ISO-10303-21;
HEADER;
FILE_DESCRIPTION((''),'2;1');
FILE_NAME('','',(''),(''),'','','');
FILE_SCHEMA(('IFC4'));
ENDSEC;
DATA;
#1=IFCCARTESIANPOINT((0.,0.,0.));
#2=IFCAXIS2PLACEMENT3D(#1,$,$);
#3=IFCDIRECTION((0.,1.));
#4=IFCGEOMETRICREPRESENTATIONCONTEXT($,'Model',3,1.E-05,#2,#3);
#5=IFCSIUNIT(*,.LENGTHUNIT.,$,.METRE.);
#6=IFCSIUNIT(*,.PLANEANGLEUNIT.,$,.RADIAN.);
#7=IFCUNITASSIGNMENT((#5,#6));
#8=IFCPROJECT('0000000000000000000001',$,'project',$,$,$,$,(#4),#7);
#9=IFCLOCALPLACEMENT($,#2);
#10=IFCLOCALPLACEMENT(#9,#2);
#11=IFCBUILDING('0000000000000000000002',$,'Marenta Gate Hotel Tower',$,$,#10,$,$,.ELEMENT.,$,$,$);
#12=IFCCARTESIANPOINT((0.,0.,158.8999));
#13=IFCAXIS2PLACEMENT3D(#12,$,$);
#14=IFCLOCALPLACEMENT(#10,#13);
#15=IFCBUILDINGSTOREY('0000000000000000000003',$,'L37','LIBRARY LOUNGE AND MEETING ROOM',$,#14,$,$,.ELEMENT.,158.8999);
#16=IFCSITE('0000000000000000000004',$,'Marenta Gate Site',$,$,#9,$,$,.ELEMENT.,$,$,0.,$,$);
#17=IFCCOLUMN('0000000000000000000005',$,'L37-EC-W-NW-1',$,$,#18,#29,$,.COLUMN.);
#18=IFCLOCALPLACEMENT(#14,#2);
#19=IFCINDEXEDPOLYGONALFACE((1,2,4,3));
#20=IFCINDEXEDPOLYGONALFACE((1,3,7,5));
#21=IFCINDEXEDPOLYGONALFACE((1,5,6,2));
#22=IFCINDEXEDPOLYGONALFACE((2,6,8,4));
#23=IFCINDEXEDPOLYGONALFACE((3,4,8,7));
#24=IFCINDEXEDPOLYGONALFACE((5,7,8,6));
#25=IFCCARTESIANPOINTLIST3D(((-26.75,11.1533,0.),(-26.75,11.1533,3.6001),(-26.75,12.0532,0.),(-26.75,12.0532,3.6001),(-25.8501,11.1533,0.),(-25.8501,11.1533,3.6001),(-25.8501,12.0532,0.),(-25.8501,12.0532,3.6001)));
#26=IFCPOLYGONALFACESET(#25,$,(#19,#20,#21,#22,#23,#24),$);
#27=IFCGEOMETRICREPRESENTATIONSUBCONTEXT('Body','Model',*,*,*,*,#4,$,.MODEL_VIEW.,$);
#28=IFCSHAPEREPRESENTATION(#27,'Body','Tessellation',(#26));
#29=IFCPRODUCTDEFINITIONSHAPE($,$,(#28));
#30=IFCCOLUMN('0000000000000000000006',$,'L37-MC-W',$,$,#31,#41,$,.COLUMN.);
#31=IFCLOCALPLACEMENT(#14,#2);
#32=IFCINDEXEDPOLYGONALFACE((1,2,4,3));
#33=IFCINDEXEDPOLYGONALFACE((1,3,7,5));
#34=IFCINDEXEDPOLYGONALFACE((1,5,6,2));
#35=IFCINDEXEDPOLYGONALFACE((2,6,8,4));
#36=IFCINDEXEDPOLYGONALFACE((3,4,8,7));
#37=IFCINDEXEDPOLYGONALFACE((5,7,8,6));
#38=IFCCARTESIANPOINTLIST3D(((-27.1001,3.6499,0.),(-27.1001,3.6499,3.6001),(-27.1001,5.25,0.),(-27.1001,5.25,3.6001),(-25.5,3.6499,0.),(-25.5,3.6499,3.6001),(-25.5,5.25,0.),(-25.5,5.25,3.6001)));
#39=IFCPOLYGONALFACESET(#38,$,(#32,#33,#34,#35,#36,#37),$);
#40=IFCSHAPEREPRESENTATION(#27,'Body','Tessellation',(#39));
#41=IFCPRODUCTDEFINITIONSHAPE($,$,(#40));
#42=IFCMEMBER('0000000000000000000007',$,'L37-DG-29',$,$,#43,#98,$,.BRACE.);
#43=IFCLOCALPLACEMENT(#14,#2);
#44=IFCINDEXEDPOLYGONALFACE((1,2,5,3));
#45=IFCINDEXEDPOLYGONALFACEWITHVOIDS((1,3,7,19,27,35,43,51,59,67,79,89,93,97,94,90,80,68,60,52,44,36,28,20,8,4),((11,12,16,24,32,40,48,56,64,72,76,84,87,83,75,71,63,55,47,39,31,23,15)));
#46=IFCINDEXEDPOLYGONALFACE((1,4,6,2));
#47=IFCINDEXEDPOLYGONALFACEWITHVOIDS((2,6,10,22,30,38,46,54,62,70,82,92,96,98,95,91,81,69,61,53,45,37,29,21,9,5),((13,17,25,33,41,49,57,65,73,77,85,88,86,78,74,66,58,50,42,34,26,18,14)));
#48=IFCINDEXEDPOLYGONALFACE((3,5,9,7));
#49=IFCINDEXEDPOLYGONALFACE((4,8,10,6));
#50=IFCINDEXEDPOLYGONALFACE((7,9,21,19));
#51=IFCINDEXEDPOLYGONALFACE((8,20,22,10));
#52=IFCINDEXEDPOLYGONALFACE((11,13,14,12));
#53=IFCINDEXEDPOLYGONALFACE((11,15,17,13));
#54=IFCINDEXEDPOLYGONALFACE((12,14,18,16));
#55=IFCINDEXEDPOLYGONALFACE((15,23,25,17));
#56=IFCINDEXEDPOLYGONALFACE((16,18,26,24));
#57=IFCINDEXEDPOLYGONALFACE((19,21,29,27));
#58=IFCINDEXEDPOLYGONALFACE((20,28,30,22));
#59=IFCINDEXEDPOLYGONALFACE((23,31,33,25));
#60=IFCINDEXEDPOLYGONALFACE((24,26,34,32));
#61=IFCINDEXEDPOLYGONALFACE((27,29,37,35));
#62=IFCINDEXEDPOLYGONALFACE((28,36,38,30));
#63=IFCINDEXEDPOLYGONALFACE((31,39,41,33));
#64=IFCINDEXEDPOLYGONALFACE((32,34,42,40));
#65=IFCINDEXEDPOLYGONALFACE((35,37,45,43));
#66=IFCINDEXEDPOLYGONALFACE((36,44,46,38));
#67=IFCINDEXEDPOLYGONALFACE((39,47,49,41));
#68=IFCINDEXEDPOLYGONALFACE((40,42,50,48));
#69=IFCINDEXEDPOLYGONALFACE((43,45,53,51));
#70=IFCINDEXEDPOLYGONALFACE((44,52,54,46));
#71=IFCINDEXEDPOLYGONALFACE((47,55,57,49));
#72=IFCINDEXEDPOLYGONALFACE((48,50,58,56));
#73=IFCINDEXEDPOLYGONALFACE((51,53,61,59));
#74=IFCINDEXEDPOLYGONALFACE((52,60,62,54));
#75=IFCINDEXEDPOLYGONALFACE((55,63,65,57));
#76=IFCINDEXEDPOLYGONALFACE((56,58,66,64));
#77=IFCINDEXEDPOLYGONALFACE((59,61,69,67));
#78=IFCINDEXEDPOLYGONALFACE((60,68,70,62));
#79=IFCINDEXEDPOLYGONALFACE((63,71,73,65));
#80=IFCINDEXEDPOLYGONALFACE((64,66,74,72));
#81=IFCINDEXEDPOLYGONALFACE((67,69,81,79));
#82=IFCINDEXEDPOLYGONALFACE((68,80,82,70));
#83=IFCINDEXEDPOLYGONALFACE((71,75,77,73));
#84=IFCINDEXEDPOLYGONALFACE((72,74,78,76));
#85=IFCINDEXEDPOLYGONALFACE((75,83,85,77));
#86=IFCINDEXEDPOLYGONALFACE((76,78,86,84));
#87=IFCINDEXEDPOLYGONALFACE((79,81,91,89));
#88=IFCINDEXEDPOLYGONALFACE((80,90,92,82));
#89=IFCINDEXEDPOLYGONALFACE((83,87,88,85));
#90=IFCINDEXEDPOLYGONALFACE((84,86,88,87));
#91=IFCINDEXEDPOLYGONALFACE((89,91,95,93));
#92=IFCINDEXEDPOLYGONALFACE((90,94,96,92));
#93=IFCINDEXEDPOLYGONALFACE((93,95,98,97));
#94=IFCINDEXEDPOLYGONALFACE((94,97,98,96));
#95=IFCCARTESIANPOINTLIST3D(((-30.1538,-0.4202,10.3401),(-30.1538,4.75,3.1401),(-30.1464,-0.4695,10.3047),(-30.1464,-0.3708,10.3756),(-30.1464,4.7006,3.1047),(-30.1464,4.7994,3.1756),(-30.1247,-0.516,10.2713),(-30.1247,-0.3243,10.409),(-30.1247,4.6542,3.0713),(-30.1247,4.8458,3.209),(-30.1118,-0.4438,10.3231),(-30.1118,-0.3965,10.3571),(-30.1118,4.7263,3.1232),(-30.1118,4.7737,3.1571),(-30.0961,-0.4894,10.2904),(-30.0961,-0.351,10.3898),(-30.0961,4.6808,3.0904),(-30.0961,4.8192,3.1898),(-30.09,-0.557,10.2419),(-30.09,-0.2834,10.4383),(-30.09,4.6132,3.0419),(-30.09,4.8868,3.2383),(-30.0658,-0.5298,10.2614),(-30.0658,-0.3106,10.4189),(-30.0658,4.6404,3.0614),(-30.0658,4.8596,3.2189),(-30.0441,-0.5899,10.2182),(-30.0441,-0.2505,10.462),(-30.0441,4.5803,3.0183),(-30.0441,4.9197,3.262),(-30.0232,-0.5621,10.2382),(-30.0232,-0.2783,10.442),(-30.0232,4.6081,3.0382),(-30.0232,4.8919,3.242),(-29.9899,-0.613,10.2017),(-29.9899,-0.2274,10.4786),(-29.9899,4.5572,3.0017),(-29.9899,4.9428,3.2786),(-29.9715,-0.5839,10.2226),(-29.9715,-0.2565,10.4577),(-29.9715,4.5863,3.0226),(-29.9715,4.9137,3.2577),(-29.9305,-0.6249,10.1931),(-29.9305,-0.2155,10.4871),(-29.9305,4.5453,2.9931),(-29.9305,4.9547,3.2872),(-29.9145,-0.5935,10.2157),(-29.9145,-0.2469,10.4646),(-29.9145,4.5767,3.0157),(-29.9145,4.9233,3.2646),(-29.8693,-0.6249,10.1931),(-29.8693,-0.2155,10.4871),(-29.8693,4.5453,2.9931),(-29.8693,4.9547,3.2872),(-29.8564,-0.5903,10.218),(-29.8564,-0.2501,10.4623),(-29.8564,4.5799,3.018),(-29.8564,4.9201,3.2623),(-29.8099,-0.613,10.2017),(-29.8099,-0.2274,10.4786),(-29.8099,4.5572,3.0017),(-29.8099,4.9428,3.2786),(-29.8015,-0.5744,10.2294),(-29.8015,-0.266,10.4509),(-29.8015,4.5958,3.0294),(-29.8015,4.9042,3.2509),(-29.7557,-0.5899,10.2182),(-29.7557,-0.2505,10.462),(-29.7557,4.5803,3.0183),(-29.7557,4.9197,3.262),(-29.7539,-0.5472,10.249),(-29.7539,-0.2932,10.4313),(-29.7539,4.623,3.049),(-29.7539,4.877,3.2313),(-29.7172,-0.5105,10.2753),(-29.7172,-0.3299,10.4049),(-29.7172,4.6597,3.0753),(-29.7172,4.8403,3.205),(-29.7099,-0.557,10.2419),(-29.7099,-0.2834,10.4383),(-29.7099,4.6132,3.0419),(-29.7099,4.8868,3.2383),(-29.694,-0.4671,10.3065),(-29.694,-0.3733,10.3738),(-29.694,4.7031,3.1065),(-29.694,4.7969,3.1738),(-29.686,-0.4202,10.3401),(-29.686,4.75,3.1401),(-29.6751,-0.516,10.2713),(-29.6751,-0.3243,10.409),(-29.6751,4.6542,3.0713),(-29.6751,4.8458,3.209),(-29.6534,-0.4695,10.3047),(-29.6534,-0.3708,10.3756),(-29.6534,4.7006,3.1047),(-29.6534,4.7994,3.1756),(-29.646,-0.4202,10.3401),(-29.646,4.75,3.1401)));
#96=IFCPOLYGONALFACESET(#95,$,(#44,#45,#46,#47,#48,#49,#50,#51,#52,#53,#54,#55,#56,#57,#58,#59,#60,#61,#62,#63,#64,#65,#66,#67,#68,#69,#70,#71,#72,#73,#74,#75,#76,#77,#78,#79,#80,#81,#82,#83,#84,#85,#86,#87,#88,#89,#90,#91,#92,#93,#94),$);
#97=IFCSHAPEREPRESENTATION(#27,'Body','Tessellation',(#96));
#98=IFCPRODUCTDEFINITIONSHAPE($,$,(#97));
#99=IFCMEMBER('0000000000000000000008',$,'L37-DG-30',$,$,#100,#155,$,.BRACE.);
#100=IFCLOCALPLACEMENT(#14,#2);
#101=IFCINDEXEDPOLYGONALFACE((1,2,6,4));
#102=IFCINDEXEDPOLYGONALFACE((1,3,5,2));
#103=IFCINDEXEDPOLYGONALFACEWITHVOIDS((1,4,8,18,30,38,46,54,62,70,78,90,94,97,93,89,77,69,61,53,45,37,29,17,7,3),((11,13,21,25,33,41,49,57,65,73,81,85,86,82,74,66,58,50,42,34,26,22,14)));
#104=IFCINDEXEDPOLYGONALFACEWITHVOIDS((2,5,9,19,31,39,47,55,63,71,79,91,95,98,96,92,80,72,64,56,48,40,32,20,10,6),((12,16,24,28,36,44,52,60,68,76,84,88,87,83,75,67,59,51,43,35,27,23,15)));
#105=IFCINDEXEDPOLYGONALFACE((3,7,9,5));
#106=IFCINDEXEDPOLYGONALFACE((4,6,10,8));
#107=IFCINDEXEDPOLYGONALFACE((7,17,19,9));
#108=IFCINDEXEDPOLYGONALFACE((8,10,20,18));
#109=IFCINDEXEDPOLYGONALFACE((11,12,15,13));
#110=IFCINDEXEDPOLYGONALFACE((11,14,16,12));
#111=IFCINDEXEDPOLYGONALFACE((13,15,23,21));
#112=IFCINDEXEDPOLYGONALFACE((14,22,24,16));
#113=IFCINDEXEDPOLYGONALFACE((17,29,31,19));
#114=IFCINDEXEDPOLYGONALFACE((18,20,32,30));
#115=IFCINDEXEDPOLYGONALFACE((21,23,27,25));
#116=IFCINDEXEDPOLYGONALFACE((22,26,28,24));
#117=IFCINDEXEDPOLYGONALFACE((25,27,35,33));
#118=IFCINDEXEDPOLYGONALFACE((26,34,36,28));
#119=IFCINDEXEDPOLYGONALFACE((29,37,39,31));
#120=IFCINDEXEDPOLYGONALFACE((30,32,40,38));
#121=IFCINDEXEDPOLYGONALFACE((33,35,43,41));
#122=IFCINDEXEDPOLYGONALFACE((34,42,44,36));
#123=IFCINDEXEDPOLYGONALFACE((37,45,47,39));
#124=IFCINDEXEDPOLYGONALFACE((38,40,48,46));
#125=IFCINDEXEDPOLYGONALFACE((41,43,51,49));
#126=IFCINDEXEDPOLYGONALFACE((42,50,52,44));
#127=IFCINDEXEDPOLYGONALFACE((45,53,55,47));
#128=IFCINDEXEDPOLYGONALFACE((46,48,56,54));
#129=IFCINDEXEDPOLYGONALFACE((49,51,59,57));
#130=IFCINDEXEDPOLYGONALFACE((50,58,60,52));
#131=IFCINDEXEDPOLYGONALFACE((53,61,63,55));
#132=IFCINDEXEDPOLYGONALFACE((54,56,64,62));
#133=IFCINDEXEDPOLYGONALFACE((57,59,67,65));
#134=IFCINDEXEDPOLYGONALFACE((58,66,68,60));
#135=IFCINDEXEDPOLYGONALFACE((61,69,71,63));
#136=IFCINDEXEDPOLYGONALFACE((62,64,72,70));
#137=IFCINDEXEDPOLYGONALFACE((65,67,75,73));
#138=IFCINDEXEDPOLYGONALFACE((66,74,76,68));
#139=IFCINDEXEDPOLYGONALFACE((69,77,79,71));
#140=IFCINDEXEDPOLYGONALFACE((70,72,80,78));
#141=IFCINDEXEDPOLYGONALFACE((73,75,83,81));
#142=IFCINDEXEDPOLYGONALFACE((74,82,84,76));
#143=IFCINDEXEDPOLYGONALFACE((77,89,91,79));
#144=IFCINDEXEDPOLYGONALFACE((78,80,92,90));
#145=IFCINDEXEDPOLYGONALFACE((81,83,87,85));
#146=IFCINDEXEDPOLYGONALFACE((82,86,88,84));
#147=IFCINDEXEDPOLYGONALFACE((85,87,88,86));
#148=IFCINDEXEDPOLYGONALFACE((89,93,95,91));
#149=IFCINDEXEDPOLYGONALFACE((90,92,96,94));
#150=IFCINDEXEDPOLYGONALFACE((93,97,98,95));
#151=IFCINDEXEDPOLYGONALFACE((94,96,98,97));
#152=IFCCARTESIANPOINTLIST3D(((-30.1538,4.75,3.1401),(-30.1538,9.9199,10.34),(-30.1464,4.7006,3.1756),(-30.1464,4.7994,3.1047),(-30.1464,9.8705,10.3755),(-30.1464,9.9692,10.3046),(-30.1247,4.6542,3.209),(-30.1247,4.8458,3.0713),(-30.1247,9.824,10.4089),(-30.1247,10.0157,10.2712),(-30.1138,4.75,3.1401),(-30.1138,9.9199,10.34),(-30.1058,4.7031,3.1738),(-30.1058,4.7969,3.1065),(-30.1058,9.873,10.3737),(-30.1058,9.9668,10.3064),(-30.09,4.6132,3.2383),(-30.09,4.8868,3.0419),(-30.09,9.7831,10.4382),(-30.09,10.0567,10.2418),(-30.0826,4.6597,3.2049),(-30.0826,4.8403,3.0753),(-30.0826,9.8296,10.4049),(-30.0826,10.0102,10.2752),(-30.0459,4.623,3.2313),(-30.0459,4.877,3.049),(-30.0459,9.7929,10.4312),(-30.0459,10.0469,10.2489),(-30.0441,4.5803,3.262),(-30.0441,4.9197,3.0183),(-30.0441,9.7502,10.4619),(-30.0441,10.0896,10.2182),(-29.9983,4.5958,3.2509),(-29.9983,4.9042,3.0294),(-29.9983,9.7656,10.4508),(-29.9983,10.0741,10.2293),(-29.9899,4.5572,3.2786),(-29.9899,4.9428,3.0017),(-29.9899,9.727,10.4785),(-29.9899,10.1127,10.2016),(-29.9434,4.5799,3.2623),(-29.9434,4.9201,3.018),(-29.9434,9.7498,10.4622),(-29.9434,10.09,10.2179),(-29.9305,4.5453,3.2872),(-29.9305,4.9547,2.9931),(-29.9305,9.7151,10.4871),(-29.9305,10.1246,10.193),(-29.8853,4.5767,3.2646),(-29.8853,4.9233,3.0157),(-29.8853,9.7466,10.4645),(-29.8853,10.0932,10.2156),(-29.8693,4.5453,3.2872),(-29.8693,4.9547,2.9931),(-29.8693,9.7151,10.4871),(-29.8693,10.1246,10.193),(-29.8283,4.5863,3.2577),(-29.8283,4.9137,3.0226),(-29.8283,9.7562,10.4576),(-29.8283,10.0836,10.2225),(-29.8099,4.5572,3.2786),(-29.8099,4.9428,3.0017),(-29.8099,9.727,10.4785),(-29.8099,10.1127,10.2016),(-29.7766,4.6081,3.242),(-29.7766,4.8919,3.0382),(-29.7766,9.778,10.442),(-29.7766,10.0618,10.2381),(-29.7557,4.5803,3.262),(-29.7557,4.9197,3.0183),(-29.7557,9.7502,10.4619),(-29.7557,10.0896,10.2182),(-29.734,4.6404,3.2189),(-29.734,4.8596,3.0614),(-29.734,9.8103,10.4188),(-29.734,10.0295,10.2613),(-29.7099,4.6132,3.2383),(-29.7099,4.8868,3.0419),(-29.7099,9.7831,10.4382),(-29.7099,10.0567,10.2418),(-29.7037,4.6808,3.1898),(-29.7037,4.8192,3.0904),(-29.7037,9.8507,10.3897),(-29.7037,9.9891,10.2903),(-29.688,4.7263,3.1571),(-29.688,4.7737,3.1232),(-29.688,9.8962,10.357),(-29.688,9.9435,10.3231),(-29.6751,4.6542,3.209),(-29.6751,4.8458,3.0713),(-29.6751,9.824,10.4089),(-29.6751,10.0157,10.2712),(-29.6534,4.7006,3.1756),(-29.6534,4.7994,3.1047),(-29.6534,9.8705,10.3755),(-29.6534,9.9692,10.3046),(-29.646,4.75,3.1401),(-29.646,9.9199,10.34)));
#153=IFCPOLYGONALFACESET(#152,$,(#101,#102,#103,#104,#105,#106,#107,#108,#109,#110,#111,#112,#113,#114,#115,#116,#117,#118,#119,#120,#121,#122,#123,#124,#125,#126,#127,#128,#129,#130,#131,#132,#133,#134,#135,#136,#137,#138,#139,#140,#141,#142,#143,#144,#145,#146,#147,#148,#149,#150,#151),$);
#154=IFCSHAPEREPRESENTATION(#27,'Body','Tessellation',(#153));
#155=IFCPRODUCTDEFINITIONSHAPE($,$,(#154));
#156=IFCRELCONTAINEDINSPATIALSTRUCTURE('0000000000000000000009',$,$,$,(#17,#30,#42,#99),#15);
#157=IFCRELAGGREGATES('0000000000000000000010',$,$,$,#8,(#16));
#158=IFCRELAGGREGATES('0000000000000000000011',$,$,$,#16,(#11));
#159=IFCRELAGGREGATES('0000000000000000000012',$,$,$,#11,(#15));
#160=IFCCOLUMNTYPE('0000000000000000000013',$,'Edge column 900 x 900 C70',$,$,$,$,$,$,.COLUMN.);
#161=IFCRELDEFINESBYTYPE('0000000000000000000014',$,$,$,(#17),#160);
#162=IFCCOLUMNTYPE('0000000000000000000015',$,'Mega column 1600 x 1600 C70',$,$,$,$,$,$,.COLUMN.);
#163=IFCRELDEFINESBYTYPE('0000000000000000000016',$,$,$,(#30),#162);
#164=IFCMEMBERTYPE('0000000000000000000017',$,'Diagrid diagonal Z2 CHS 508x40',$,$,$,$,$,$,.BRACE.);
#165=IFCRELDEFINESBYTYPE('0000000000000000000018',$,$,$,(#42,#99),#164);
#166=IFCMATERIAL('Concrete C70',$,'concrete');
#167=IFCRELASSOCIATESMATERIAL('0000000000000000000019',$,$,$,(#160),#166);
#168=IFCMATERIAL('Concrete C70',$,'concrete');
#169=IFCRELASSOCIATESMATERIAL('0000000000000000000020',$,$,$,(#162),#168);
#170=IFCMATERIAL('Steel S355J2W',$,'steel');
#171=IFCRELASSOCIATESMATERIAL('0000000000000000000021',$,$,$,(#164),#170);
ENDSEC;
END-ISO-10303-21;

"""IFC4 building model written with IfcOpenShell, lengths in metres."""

from ifc_helpers import new_model, si_unit, direction, frame, origin, origin_2d, place, context, subcontext, project, spatial, rectangle, hollow_circle, extrude, material, material_profile, profile_set, type_object, element, save


model = new_model("IFC4")

# Units and contexts
model_context = context("Model", 3, precision=1e-05, world=origin(), true_north=direction((0.0, 1.0)))
body_context = subcontext(model_context, "Body", "Model", "MODEL_VIEW")
ifc_project = project(units=[si_unit("LENGTHUNIT", "METRE"), si_unit("PLANEANGLEUNIT", "RADIAN")], contexts=[model_context])

# Site, building, storey
site_placement = place(None, origin())
site = spatial("IfcSite", under=ifc_project, at=site_placement, Name="Marenta Gate Site", CompositionType="ELEMENT", RefElevation=0.0)
building_placement = place(site_placement, origin())
building = spatial("IfcBuilding", under=site, at=building_placement, Name="Marenta Gate Hotel Tower", CompositionType="ELEMENT")
storey_placement = place(building_placement, frame((0.0, 0.0, 158.8999)))
storey = spatial("IfcBuildingStorey", under=building, at=storey_placement, Name="L37", Description="LIBRARY LOUNGE AND MEETING ROOM", CompositionType="ELEMENT", Elevation=158.8999)

# Columns
ifc_material_1 = material(Name="Concrete C70", Category="concrete")
ifc_material_profile_1 = material_profile(ifc_material_1, rectangle(XDim=0.8999, YDim=0.8999, at=origin_2d()), Name="900 x 900")
ifc_profile_set_1 = profile_set([ifc_material_profile_1], Name="Concrete C70")
column_type_1 = type_object("IfcColumnType", Name="Edge column 900 x 900 C70", PredefinedType="COLUMN", material=ifc_profile_set_1)
column_1_placement = place(storey_placement, frame((-26.3, 11.6033, 0.0), z_axis=(0.0, 0.0, 1.0), x_axis=(1.0, 0.0, 0.0)))
element("IfcColumn", 1, at=column_1_placement, inside=storey, type_object=column_type_1, Name="L37-EC-W-NW-1", PredefinedType="COLUMN", context=body_context, shape_type="SweptSolid", body=[
    extrude(rectangle(XDim=0.8999, YDim=0.8999, at=origin_2d()), origin(), (0.0, 0.0, 1.0), 3.6001),
])
ifc_material_2 = material(Name="Concrete C70", Category="concrete")
ifc_material_profile_2 = material_profile(ifc_material_2, rectangle(XDim=1.6001, YDim=1.6001, at=origin_2d()), Name="1600 x 1600")
ifc_profile_set_2 = profile_set([ifc_material_profile_2], Name="Concrete C70")
column_type_2 = type_object("IfcColumnType", Name="Mega column 1600 x 1600 C70", PredefinedType="COLUMN", material=ifc_profile_set_2)
column_2_placement = place(storey_placement, frame((-26.3, 4.45, 0.0), z_axis=(0.0, 0.0, 1.0), x_axis=(1.0, 0.0, 0.0)))
element("IfcColumn", 2, at=column_2_placement, inside=storey, type_object=column_type_2, Name="L37-MC-W", PredefinedType="COLUMN", context=body_context, shape_type="SweptSolid", body=[
    extrude(rectangle(XDim=1.6001, YDim=1.6001, at=origin_2d()), origin(), (0.0, 0.0, 1.0), 3.6001),
])

# Members
ifc_material_3 = material(Name="Steel S355J2W", Category="steel")
ifc_material_profile_3 = material_profile(ifc_material_3, hollow_circle(Radius=0.2539, WallThickness=0.04, at=origin_2d()), Name="CHS 508x40")
ifc_profile_set_3 = profile_set([ifc_material_profile_3], Name="Steel S355J2W")
member_type_1 = type_object("IfcMemberType", Name="Diagrid diagonal Z2 CHS 508x40", PredefinedType="BRACE", material=ifc_profile_set_3)
member_1_placement = place(storey_placement, frame((-29.8999, 4.75, 3.1401), z_axis=(0.0, -0.583279, 0.812272), x_axis=(1.0, 0.0, 0.0)))
element("IfcMember", 3, at=member_1_placement, inside=storey, type_object=member_type_1, Name="L37-DG-29", PredefinedType="BRACE", context=body_context, shape_type="SweptSolid", body=[
    extrude(hollow_circle(Radius=0.2539, WallThickness=0.04, at=origin_2d()), origin(), (0.0, 0.0, 1.0), 8.864),
])
member_2_placement = place(storey_placement, frame((-29.8999, 4.75, 3.1401), z_axis=(0.0, 0.583261, 0.812285), x_axis=(-1.0, 0.0, 0.0)))
element("IfcMember", 4, at=member_2_placement, inside=storey, type_object=member_type_1, Name="L37-DG-30", PredefinedType="BRACE", context=body_context, shape_type="SweptSolid", body=[
    extrude(hollow_circle(Radius=0.2539, WallThickness=0.04, at=origin_2d()), origin(), (0.0, 0.0, 1.0), 8.8638),
])

save(model, "model.ifc")
